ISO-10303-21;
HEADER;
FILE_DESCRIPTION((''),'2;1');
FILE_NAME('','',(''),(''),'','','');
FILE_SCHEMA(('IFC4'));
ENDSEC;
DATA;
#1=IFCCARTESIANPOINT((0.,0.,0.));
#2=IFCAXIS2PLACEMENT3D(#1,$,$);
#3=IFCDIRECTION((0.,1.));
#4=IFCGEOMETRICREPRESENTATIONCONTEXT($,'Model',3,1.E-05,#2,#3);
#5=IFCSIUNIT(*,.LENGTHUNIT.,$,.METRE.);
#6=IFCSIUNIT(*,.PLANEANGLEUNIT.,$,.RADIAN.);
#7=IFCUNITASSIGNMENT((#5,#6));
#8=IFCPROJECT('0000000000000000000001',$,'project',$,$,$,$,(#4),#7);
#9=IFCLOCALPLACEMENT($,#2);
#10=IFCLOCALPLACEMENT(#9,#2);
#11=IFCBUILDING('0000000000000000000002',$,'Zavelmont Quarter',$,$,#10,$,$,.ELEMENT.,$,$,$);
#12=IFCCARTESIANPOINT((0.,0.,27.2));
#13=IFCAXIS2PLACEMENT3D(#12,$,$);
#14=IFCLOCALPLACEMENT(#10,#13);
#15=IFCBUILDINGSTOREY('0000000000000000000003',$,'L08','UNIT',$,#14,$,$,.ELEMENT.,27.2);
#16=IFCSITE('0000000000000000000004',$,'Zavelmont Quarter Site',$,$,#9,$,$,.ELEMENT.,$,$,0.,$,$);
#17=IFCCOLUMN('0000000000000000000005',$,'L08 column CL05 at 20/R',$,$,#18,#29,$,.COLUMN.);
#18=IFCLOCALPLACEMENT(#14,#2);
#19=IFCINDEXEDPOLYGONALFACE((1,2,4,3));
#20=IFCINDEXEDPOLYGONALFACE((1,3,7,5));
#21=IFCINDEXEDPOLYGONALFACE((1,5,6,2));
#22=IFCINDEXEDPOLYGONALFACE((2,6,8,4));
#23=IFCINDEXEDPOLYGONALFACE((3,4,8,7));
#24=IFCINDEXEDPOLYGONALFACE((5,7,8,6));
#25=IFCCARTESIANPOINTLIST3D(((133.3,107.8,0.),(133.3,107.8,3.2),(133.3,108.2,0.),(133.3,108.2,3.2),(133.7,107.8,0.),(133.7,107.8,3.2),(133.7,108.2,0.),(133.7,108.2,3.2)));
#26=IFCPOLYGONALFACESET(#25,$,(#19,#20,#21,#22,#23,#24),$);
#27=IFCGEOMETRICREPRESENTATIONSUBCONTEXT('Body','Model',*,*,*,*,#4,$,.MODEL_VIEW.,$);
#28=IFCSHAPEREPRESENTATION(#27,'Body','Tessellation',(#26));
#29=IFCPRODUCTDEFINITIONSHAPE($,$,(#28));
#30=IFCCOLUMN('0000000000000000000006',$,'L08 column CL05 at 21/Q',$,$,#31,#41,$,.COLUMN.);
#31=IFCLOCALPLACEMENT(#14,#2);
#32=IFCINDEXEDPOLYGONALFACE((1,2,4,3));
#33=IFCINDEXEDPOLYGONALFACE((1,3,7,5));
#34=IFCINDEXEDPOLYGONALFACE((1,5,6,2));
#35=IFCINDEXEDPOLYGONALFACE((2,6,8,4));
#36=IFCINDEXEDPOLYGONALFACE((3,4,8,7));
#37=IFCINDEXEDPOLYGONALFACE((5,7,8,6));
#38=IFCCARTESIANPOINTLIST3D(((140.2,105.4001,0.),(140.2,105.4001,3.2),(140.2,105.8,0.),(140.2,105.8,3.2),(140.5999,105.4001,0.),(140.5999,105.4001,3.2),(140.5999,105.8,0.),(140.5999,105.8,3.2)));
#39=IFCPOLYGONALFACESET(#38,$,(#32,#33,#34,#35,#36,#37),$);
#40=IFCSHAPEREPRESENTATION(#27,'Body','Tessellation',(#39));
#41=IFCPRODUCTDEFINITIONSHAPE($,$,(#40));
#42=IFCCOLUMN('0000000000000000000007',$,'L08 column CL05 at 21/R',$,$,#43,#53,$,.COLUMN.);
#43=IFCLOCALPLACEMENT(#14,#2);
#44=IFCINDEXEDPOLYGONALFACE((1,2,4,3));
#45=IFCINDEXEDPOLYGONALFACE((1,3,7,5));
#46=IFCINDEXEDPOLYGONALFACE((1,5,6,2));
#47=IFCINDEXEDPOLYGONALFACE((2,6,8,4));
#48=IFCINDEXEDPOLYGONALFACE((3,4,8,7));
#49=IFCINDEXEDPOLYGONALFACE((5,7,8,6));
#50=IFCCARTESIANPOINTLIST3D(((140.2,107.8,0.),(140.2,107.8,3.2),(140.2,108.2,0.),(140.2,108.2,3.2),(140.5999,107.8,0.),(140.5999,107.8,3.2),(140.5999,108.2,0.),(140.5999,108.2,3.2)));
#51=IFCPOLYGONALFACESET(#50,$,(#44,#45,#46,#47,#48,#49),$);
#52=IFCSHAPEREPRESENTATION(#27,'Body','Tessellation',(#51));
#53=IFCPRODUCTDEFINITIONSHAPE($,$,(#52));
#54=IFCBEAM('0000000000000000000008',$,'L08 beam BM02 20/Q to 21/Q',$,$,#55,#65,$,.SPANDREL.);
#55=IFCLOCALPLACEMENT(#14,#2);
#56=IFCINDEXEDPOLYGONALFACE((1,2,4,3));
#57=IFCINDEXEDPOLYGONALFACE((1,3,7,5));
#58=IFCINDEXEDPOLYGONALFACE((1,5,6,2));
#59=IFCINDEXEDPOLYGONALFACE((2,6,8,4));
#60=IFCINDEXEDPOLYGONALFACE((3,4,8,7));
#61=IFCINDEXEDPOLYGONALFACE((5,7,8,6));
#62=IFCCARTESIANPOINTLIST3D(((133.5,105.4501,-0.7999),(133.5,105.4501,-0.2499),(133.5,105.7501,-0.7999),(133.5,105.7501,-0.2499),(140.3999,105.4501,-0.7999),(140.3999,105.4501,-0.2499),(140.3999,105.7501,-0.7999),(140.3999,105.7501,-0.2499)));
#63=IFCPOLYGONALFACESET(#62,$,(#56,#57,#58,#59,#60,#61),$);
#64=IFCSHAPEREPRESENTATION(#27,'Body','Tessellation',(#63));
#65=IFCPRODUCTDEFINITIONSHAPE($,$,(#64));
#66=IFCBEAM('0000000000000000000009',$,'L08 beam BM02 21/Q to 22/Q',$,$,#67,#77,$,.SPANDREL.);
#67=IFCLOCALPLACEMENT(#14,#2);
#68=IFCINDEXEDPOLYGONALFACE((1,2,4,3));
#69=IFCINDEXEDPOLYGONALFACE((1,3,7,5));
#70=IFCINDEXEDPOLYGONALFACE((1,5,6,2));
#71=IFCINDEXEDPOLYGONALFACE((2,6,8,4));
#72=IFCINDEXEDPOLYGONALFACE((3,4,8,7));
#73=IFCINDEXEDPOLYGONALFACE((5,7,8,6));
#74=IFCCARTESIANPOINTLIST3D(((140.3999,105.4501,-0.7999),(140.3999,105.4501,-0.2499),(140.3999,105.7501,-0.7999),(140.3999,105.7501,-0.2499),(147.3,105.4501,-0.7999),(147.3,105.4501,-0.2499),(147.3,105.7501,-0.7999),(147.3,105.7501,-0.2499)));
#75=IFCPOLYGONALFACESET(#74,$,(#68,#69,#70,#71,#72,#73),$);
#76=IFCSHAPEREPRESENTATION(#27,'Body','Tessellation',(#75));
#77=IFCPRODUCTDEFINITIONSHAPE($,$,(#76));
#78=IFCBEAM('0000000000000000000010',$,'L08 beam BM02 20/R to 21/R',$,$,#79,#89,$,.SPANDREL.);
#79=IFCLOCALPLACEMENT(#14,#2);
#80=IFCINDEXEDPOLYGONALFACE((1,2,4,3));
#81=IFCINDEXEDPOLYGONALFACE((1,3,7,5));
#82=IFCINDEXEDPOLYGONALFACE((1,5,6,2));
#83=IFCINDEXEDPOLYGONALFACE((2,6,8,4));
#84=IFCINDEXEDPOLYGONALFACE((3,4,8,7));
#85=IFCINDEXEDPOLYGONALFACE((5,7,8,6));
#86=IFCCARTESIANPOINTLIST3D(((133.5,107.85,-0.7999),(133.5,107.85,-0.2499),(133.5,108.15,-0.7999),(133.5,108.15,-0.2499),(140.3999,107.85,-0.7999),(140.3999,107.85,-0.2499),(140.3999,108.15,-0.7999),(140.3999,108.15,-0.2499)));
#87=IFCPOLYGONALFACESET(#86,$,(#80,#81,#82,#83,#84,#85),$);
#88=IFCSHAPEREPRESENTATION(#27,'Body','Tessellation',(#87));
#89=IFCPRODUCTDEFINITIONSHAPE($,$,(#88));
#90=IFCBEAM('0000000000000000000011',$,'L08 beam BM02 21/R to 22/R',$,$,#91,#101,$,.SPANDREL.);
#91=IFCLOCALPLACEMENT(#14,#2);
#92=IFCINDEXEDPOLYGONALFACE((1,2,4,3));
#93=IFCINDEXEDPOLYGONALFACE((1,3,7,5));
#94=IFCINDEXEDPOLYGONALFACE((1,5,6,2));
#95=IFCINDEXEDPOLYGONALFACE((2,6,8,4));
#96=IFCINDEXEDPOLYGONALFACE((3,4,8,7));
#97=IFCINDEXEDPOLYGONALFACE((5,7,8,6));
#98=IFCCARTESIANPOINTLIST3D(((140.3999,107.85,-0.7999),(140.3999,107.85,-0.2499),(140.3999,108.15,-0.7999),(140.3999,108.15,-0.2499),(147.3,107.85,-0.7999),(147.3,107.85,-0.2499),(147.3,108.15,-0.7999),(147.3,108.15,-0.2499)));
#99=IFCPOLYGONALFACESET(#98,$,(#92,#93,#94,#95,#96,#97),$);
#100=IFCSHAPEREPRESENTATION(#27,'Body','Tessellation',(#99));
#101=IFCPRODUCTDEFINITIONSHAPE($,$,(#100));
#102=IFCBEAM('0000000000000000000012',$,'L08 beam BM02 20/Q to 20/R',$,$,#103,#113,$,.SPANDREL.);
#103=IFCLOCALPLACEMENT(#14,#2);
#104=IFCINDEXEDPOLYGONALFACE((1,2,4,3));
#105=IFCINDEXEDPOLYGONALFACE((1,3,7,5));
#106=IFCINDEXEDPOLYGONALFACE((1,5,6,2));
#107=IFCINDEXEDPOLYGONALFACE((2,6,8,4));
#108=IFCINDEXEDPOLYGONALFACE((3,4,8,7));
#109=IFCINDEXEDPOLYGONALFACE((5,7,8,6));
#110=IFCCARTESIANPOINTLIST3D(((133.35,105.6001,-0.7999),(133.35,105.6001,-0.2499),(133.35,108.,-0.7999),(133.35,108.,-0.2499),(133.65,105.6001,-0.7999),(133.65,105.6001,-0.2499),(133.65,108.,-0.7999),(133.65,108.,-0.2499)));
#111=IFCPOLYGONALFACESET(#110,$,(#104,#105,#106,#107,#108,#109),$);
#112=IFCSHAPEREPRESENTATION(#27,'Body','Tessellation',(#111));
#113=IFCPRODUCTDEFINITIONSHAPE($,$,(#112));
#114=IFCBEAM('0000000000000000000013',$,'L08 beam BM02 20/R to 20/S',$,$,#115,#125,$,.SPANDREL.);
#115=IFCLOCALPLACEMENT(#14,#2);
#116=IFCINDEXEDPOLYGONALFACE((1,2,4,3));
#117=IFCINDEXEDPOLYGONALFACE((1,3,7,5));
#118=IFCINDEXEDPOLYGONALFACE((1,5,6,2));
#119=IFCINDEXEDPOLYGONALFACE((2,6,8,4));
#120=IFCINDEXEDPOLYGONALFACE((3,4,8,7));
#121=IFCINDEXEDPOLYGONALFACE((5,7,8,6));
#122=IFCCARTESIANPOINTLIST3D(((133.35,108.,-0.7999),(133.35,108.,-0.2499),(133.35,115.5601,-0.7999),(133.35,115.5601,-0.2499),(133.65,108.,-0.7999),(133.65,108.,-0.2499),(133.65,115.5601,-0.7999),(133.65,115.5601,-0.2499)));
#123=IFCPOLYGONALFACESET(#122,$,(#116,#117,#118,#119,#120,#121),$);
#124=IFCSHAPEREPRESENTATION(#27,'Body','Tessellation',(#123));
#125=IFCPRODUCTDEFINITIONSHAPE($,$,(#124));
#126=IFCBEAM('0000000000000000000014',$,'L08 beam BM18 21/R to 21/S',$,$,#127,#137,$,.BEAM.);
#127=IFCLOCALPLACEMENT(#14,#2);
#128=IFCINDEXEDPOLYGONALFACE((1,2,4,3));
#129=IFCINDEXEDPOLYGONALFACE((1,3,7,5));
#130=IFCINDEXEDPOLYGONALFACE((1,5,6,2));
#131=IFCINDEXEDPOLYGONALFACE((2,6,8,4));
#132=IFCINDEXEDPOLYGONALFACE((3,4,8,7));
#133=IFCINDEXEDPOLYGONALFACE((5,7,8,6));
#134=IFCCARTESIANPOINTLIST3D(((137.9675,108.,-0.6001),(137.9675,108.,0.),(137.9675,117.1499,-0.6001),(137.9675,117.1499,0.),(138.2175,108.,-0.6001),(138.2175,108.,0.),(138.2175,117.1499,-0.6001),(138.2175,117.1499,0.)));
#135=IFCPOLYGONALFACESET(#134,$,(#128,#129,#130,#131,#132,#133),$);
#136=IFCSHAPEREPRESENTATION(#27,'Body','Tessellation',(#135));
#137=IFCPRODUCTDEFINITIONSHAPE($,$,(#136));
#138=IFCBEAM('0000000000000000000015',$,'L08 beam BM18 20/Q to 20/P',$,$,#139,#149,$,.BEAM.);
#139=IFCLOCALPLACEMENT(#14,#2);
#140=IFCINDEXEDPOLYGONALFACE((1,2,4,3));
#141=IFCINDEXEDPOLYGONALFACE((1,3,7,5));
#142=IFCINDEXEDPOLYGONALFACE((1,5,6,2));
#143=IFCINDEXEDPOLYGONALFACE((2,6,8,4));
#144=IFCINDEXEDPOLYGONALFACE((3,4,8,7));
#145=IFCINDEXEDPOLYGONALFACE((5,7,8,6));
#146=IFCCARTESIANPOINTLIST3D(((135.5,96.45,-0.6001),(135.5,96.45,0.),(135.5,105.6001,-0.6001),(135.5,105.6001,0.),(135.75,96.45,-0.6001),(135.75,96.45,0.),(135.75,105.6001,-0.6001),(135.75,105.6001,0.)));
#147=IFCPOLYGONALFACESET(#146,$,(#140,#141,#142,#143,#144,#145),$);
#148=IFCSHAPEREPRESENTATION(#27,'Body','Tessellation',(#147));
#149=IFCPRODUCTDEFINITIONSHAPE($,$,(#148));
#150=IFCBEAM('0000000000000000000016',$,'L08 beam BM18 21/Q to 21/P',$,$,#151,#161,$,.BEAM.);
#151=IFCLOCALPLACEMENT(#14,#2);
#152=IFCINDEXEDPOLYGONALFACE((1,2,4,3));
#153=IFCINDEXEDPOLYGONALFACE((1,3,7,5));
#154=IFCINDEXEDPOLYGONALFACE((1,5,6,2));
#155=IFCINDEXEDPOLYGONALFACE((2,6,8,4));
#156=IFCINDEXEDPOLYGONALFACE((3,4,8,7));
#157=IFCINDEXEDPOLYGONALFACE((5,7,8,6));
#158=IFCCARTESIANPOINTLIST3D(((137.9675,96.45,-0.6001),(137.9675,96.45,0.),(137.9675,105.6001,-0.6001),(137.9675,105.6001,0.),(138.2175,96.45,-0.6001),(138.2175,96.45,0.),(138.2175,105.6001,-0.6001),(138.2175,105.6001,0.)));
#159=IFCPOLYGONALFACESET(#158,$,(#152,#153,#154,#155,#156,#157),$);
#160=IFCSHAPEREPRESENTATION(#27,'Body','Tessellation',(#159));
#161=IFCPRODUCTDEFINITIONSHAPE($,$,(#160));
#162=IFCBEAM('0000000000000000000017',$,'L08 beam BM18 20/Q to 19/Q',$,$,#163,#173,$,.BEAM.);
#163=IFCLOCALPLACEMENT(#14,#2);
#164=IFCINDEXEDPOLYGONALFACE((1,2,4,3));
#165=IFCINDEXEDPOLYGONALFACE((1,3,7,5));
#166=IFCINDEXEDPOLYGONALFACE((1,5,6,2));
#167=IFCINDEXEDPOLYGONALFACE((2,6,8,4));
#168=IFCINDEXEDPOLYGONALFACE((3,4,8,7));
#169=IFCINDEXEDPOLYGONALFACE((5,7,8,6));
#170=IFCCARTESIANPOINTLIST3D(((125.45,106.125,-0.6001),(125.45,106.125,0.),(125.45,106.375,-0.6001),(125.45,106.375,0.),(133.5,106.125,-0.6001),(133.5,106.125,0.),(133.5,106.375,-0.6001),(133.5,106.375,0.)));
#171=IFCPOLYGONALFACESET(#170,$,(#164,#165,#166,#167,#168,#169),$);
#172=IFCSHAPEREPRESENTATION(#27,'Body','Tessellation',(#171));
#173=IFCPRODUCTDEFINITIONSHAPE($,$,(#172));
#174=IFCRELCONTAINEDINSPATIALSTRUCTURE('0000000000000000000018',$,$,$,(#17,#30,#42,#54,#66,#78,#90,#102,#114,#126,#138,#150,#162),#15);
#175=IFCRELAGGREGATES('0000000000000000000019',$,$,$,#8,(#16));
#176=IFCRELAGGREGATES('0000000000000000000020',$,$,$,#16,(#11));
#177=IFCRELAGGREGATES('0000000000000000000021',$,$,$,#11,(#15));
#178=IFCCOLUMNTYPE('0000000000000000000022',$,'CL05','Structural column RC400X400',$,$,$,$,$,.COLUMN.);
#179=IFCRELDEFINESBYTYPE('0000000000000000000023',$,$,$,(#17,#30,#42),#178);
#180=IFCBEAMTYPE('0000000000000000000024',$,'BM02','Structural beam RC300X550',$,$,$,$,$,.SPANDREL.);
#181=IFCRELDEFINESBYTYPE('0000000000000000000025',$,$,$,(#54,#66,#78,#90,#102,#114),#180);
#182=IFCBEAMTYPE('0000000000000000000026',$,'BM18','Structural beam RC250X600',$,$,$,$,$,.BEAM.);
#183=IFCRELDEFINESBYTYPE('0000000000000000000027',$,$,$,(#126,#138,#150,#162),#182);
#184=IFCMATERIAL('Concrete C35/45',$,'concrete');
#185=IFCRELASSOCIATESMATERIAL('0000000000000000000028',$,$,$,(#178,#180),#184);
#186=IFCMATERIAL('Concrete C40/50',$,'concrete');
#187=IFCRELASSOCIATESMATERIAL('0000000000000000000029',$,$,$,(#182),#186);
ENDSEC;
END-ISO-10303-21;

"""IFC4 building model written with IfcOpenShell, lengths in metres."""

from ifc_helpers import new_model, si_unit, direction, frame, origin, origin_2d, place, context, subcontext, project, spatial, rectangle, extrude, material, material_profile, profile_set, type_object, element, save


model = new_model("IFC4")

# Units and contexts
model_context = context("Model", 3, precision=1e-05, world=origin(), true_north=direction((0.0, 1.0)))
body_context = subcontext(model_context, "Body", "Model", "MODEL_VIEW")
ifc_project = project(units=[si_unit("LENGTHUNIT", "METRE"), si_unit("PLANEANGLEUNIT", "RADIAN")], contexts=[model_context])

# Site, building, storey
site_placement = place(None, origin())
site = spatial("IfcSite", under=ifc_project, at=site_placement, Name="Zavelmont Quarter Site", CompositionType="ELEMENT", RefElevation=0.0)
building_placement = place(site_placement, origin())
building = spatial("IfcBuilding", under=site, at=building_placement, Name="Zavelmont Quarter", CompositionType="ELEMENT")
storey_placement = place(building_placement, frame((0.0, 0.0, 27.2)))
storey = spatial("IfcBuildingStorey", under=building, at=storey_placement, Name="L08", Description="UNIT", CompositionType="ELEMENT", Elevation=27.2)

# Columns
ifc_material_1 = material(Name="Concrete C35/45", Category="concrete")
ifc_material_profile_1 = material_profile(ifc_material_1, rectangle(XDim=0.3999, YDim=0.3999, at=origin_2d()), Name="RC400X400")
ifc_profile_set_1 = profile_set([ifc_material_profile_1], Name="Concrete C35/45")
column_type = type_object("IfcColumnType", Name="CL05", Description="Structural column RC400X400", PredefinedType="COLUMN", material=ifc_profile_set_1)
for number, where, z_axis, x_axis, name in (
    (1, (133.5, 108.0, 0.0), (0.0, 0.0, 1.0), (1.0, 0.0, 0.0), "L08 column CL05 at 20/R"),
    (2, (140.3999, 105.6001, 0.0), (0.0, 0.0, 1.0), (1.0, 0.0, 0.0), "L08 column CL05 at 21/Q"),
    (3, (140.3999, 108.0, 0.0), (0.0, 0.0, 1.0), (1.0, 0.0, 0.0), "L08 column CL05 at 21/R"),
):
    element("IfcColumn", number, at=place(storey_placement, frame(where, z_axis=z_axis, x_axis=x_axis)), inside=storey, type_object=column_type, Name=name, PredefinedType="COLUMN", context=body_context, shape_type="SweptSolid", body=[
        extrude(rectangle(XDim=0.3999, YDim=0.3999, at=origin_2d()), origin(), (0.0, 0.0, 1.0), 3.2),
    ])

# Beams
ifc_material_profile_2 = material_profile(ifc_material_1, rectangle(XDim=0.3, YDim=0.55, at=origin_2d()), Name="RC300X550")
ifc_profile_set_2 = profile_set([ifc_material_profile_2], Name="Concrete C35/45")
beam_type_1 = type_object("IfcBeamType", Name="BM02", Description="Structural beam RC300X550", PredefinedType="SPANDREL", material=ifc_profile_set_2)
beam_1_placement = place(storey_placement, frame((133.5, 105.6001, -0.5249), z_axis=(1.0, 0.0, 0.0), x_axis=(0.0, 1.0, 0.0)))
element("IfcBeam", 4, at=beam_1_placement, inside=storey, type_object=beam_type_1, Name="L08 beam BM02 20/Q to 21/Q", PredefinedType="SPANDREL", context=body_context, shape_type="SweptSolid", body=[
    extrude(rectangle(XDim=0.3, YDim=0.55, at=origin_2d()), origin(), (0.0, 0.0, 1.0), 6.8999),
])
beam_2_placement = place(storey_placement, frame((140.3999, 105.6001, -0.5249), z_axis=(1.0, 0.0, 0.0), x_axis=(0.0, 1.0, 0.0)))
element("IfcBeam", 5, at=beam_2_placement, inside=storey, type_object=beam_type_1, Name="L08 beam BM02 21/Q to 22/Q", PredefinedType="SPANDREL", context=body_context, shape_type="SweptSolid", body=[
    extrude(rectangle(XDim=0.3, YDim=0.55, at=origin_2d()), origin(), (0.0, 0.0, 1.0), 6.9001),
])
beam_3_placement = place(storey_placement, frame((133.5, 108.0, -0.5249), z_axis=(1.0, 0.0, 0.0), x_axis=(0.0, 1.0, 0.0)))
element("IfcBeam", 6, at=beam_3_placement, inside=storey, type_object=beam_type_1, Name="L08 beam BM02 20/R to 21/R", PredefinedType="SPANDREL", context=body_context, shape_type="SweptSolid", body=[
    extrude(rectangle(XDim=0.3, YDim=0.55, at=origin_2d()), origin(), (0.0, 0.0, 1.0), 6.8999),
])
beam_4_placement = place(storey_placement, frame((140.3999, 108.0, -0.5249), z_axis=(1.0, 0.0, 0.0), x_axis=(0.0, 1.0, 0.0)))
element("IfcBeam", 7, at=beam_4_placement, inside=storey, type_object=beam_type_1, Name="L08 beam BM02 21/R to 22/R", PredefinedType="SPANDREL", context=body_context, shape_type="SweptSolid", body=[
    extrude(rectangle(XDim=0.3, YDim=0.55, at=origin_2d()), origin(), (0.0, 0.0, 1.0), 6.9001),
])
beam_5_placement = place(storey_placement, frame((133.5, 105.6001, -0.5249), z_axis=(0.0, 1.0, 0.0), x_axis=(-1.0, 0.0, 0.0)))
element("IfcBeam", 8, at=beam_5_placement, inside=storey, type_object=beam_type_1, Name="L08 beam BM02 20/Q to 20/R", PredefinedType="SPANDREL", context=body_context, shape_type="SweptSolid", body=[
    extrude(rectangle(XDim=0.3, YDim=0.55, at=origin_2d()), origin(), (0.0, 0.0, 1.0), 2.3999),
])
beam_6_placement = place(storey_placement, frame((133.5, 108.0, -0.5249), z_axis=(0.0, 1.0, 0.0), x_axis=(-1.0, 0.0, 0.0)))
element("IfcBeam", 9, at=beam_6_placement, inside=storey, type_object=beam_type_1, Name="L08 beam BM02 20/R to 20/S", PredefinedType="SPANDREL", context=body_context, shape_type="SweptSolid", body=[
    extrude(rectangle(XDim=0.3, YDim=0.55, at=origin_2d()), origin(), (0.0, 0.0, 1.0), 7.5601),
])
ifc_material_2 = material(Name="Concrete C40/50", Category="concrete")
ifc_material_profile_3 = material_profile(ifc_material_2, rectangle(XDim=0.25, YDim=0.6001, at=origin_2d()), Name="RC250X600")
ifc_profile_set_3 = profile_set([ifc_material_profile_3], Name="Concrete C40/50")
beam_type_2 = type_object("IfcBeamType", Name="BM18", Description="Structural beam RC250X600", PredefinedType="BEAM", material=ifc_profile_set_3)
beam_7_placement = place(storey_placement, frame((138.0925, 108.0, -0.3), z_axis=(0.0, 1.0, 0.0), x_axis=(-1.0, 0.0, 0.0)))
element("IfcBeam", 10, at=beam_7_placement, inside=storey, type_object=beam_type_2, Name="L08 beam BM18 21/R to 21/S", PredefinedType="BEAM", context=body_context, shape_type="SweptSolid", body=[
    extrude(rectangle(XDim=0.25, YDim=0.6001, at=origin_2d()), origin(), (0.0, 0.0, 1.0), 9.1499),
])
for number, where, z_axis, x_axis, name in (
    (11, (135.625, 105.6001, -0.3), (0.0, -1.0, 0.0), (1.0, 0.0, 0.0), "L08 beam BM18 20/Q to 20/P"),
    (12, (138.0925, 105.6001, -0.3), (0.0, -1.0, 0.0), (1.0, 0.0, 0.0), "L08 beam BM18 21/Q to 21/P"),
):
    element("IfcBeam", number, at=place(storey_placement, frame(where, z_axis=z_axis, x_axis=x_axis)), inside=storey, type_object=beam_type_2, Name=name, PredefinedType="BEAM", context=body_context, shape_type="SweptSolid", body=[
        extrude(rectangle(XDim=0.25, YDim=0.6001, at=origin_2d()), origin(), (0.0, 0.0, 1.0), 9.1501),
    ])
beam_8_placement = place(storey_placement, frame((133.5, 106.25, -0.3), z_axis=(-1.0, 0.0, 0.0), x_axis=(0.0, -1.0, 0.0)))
element("IfcBeam", 13, at=beam_8_placement, inside=storey, type_object=beam_type_2, Name="L08 beam BM18 20/Q to 19/Q", PredefinedType="BEAM", context=body_context, shape_type="SweptSolid", body=[
    extrude(rectangle(XDim=0.25, YDim=0.6001, at=origin_2d()), origin(), (0.0, 0.0, 1.0), 8.05),
])

save(model, "model.ifc")
